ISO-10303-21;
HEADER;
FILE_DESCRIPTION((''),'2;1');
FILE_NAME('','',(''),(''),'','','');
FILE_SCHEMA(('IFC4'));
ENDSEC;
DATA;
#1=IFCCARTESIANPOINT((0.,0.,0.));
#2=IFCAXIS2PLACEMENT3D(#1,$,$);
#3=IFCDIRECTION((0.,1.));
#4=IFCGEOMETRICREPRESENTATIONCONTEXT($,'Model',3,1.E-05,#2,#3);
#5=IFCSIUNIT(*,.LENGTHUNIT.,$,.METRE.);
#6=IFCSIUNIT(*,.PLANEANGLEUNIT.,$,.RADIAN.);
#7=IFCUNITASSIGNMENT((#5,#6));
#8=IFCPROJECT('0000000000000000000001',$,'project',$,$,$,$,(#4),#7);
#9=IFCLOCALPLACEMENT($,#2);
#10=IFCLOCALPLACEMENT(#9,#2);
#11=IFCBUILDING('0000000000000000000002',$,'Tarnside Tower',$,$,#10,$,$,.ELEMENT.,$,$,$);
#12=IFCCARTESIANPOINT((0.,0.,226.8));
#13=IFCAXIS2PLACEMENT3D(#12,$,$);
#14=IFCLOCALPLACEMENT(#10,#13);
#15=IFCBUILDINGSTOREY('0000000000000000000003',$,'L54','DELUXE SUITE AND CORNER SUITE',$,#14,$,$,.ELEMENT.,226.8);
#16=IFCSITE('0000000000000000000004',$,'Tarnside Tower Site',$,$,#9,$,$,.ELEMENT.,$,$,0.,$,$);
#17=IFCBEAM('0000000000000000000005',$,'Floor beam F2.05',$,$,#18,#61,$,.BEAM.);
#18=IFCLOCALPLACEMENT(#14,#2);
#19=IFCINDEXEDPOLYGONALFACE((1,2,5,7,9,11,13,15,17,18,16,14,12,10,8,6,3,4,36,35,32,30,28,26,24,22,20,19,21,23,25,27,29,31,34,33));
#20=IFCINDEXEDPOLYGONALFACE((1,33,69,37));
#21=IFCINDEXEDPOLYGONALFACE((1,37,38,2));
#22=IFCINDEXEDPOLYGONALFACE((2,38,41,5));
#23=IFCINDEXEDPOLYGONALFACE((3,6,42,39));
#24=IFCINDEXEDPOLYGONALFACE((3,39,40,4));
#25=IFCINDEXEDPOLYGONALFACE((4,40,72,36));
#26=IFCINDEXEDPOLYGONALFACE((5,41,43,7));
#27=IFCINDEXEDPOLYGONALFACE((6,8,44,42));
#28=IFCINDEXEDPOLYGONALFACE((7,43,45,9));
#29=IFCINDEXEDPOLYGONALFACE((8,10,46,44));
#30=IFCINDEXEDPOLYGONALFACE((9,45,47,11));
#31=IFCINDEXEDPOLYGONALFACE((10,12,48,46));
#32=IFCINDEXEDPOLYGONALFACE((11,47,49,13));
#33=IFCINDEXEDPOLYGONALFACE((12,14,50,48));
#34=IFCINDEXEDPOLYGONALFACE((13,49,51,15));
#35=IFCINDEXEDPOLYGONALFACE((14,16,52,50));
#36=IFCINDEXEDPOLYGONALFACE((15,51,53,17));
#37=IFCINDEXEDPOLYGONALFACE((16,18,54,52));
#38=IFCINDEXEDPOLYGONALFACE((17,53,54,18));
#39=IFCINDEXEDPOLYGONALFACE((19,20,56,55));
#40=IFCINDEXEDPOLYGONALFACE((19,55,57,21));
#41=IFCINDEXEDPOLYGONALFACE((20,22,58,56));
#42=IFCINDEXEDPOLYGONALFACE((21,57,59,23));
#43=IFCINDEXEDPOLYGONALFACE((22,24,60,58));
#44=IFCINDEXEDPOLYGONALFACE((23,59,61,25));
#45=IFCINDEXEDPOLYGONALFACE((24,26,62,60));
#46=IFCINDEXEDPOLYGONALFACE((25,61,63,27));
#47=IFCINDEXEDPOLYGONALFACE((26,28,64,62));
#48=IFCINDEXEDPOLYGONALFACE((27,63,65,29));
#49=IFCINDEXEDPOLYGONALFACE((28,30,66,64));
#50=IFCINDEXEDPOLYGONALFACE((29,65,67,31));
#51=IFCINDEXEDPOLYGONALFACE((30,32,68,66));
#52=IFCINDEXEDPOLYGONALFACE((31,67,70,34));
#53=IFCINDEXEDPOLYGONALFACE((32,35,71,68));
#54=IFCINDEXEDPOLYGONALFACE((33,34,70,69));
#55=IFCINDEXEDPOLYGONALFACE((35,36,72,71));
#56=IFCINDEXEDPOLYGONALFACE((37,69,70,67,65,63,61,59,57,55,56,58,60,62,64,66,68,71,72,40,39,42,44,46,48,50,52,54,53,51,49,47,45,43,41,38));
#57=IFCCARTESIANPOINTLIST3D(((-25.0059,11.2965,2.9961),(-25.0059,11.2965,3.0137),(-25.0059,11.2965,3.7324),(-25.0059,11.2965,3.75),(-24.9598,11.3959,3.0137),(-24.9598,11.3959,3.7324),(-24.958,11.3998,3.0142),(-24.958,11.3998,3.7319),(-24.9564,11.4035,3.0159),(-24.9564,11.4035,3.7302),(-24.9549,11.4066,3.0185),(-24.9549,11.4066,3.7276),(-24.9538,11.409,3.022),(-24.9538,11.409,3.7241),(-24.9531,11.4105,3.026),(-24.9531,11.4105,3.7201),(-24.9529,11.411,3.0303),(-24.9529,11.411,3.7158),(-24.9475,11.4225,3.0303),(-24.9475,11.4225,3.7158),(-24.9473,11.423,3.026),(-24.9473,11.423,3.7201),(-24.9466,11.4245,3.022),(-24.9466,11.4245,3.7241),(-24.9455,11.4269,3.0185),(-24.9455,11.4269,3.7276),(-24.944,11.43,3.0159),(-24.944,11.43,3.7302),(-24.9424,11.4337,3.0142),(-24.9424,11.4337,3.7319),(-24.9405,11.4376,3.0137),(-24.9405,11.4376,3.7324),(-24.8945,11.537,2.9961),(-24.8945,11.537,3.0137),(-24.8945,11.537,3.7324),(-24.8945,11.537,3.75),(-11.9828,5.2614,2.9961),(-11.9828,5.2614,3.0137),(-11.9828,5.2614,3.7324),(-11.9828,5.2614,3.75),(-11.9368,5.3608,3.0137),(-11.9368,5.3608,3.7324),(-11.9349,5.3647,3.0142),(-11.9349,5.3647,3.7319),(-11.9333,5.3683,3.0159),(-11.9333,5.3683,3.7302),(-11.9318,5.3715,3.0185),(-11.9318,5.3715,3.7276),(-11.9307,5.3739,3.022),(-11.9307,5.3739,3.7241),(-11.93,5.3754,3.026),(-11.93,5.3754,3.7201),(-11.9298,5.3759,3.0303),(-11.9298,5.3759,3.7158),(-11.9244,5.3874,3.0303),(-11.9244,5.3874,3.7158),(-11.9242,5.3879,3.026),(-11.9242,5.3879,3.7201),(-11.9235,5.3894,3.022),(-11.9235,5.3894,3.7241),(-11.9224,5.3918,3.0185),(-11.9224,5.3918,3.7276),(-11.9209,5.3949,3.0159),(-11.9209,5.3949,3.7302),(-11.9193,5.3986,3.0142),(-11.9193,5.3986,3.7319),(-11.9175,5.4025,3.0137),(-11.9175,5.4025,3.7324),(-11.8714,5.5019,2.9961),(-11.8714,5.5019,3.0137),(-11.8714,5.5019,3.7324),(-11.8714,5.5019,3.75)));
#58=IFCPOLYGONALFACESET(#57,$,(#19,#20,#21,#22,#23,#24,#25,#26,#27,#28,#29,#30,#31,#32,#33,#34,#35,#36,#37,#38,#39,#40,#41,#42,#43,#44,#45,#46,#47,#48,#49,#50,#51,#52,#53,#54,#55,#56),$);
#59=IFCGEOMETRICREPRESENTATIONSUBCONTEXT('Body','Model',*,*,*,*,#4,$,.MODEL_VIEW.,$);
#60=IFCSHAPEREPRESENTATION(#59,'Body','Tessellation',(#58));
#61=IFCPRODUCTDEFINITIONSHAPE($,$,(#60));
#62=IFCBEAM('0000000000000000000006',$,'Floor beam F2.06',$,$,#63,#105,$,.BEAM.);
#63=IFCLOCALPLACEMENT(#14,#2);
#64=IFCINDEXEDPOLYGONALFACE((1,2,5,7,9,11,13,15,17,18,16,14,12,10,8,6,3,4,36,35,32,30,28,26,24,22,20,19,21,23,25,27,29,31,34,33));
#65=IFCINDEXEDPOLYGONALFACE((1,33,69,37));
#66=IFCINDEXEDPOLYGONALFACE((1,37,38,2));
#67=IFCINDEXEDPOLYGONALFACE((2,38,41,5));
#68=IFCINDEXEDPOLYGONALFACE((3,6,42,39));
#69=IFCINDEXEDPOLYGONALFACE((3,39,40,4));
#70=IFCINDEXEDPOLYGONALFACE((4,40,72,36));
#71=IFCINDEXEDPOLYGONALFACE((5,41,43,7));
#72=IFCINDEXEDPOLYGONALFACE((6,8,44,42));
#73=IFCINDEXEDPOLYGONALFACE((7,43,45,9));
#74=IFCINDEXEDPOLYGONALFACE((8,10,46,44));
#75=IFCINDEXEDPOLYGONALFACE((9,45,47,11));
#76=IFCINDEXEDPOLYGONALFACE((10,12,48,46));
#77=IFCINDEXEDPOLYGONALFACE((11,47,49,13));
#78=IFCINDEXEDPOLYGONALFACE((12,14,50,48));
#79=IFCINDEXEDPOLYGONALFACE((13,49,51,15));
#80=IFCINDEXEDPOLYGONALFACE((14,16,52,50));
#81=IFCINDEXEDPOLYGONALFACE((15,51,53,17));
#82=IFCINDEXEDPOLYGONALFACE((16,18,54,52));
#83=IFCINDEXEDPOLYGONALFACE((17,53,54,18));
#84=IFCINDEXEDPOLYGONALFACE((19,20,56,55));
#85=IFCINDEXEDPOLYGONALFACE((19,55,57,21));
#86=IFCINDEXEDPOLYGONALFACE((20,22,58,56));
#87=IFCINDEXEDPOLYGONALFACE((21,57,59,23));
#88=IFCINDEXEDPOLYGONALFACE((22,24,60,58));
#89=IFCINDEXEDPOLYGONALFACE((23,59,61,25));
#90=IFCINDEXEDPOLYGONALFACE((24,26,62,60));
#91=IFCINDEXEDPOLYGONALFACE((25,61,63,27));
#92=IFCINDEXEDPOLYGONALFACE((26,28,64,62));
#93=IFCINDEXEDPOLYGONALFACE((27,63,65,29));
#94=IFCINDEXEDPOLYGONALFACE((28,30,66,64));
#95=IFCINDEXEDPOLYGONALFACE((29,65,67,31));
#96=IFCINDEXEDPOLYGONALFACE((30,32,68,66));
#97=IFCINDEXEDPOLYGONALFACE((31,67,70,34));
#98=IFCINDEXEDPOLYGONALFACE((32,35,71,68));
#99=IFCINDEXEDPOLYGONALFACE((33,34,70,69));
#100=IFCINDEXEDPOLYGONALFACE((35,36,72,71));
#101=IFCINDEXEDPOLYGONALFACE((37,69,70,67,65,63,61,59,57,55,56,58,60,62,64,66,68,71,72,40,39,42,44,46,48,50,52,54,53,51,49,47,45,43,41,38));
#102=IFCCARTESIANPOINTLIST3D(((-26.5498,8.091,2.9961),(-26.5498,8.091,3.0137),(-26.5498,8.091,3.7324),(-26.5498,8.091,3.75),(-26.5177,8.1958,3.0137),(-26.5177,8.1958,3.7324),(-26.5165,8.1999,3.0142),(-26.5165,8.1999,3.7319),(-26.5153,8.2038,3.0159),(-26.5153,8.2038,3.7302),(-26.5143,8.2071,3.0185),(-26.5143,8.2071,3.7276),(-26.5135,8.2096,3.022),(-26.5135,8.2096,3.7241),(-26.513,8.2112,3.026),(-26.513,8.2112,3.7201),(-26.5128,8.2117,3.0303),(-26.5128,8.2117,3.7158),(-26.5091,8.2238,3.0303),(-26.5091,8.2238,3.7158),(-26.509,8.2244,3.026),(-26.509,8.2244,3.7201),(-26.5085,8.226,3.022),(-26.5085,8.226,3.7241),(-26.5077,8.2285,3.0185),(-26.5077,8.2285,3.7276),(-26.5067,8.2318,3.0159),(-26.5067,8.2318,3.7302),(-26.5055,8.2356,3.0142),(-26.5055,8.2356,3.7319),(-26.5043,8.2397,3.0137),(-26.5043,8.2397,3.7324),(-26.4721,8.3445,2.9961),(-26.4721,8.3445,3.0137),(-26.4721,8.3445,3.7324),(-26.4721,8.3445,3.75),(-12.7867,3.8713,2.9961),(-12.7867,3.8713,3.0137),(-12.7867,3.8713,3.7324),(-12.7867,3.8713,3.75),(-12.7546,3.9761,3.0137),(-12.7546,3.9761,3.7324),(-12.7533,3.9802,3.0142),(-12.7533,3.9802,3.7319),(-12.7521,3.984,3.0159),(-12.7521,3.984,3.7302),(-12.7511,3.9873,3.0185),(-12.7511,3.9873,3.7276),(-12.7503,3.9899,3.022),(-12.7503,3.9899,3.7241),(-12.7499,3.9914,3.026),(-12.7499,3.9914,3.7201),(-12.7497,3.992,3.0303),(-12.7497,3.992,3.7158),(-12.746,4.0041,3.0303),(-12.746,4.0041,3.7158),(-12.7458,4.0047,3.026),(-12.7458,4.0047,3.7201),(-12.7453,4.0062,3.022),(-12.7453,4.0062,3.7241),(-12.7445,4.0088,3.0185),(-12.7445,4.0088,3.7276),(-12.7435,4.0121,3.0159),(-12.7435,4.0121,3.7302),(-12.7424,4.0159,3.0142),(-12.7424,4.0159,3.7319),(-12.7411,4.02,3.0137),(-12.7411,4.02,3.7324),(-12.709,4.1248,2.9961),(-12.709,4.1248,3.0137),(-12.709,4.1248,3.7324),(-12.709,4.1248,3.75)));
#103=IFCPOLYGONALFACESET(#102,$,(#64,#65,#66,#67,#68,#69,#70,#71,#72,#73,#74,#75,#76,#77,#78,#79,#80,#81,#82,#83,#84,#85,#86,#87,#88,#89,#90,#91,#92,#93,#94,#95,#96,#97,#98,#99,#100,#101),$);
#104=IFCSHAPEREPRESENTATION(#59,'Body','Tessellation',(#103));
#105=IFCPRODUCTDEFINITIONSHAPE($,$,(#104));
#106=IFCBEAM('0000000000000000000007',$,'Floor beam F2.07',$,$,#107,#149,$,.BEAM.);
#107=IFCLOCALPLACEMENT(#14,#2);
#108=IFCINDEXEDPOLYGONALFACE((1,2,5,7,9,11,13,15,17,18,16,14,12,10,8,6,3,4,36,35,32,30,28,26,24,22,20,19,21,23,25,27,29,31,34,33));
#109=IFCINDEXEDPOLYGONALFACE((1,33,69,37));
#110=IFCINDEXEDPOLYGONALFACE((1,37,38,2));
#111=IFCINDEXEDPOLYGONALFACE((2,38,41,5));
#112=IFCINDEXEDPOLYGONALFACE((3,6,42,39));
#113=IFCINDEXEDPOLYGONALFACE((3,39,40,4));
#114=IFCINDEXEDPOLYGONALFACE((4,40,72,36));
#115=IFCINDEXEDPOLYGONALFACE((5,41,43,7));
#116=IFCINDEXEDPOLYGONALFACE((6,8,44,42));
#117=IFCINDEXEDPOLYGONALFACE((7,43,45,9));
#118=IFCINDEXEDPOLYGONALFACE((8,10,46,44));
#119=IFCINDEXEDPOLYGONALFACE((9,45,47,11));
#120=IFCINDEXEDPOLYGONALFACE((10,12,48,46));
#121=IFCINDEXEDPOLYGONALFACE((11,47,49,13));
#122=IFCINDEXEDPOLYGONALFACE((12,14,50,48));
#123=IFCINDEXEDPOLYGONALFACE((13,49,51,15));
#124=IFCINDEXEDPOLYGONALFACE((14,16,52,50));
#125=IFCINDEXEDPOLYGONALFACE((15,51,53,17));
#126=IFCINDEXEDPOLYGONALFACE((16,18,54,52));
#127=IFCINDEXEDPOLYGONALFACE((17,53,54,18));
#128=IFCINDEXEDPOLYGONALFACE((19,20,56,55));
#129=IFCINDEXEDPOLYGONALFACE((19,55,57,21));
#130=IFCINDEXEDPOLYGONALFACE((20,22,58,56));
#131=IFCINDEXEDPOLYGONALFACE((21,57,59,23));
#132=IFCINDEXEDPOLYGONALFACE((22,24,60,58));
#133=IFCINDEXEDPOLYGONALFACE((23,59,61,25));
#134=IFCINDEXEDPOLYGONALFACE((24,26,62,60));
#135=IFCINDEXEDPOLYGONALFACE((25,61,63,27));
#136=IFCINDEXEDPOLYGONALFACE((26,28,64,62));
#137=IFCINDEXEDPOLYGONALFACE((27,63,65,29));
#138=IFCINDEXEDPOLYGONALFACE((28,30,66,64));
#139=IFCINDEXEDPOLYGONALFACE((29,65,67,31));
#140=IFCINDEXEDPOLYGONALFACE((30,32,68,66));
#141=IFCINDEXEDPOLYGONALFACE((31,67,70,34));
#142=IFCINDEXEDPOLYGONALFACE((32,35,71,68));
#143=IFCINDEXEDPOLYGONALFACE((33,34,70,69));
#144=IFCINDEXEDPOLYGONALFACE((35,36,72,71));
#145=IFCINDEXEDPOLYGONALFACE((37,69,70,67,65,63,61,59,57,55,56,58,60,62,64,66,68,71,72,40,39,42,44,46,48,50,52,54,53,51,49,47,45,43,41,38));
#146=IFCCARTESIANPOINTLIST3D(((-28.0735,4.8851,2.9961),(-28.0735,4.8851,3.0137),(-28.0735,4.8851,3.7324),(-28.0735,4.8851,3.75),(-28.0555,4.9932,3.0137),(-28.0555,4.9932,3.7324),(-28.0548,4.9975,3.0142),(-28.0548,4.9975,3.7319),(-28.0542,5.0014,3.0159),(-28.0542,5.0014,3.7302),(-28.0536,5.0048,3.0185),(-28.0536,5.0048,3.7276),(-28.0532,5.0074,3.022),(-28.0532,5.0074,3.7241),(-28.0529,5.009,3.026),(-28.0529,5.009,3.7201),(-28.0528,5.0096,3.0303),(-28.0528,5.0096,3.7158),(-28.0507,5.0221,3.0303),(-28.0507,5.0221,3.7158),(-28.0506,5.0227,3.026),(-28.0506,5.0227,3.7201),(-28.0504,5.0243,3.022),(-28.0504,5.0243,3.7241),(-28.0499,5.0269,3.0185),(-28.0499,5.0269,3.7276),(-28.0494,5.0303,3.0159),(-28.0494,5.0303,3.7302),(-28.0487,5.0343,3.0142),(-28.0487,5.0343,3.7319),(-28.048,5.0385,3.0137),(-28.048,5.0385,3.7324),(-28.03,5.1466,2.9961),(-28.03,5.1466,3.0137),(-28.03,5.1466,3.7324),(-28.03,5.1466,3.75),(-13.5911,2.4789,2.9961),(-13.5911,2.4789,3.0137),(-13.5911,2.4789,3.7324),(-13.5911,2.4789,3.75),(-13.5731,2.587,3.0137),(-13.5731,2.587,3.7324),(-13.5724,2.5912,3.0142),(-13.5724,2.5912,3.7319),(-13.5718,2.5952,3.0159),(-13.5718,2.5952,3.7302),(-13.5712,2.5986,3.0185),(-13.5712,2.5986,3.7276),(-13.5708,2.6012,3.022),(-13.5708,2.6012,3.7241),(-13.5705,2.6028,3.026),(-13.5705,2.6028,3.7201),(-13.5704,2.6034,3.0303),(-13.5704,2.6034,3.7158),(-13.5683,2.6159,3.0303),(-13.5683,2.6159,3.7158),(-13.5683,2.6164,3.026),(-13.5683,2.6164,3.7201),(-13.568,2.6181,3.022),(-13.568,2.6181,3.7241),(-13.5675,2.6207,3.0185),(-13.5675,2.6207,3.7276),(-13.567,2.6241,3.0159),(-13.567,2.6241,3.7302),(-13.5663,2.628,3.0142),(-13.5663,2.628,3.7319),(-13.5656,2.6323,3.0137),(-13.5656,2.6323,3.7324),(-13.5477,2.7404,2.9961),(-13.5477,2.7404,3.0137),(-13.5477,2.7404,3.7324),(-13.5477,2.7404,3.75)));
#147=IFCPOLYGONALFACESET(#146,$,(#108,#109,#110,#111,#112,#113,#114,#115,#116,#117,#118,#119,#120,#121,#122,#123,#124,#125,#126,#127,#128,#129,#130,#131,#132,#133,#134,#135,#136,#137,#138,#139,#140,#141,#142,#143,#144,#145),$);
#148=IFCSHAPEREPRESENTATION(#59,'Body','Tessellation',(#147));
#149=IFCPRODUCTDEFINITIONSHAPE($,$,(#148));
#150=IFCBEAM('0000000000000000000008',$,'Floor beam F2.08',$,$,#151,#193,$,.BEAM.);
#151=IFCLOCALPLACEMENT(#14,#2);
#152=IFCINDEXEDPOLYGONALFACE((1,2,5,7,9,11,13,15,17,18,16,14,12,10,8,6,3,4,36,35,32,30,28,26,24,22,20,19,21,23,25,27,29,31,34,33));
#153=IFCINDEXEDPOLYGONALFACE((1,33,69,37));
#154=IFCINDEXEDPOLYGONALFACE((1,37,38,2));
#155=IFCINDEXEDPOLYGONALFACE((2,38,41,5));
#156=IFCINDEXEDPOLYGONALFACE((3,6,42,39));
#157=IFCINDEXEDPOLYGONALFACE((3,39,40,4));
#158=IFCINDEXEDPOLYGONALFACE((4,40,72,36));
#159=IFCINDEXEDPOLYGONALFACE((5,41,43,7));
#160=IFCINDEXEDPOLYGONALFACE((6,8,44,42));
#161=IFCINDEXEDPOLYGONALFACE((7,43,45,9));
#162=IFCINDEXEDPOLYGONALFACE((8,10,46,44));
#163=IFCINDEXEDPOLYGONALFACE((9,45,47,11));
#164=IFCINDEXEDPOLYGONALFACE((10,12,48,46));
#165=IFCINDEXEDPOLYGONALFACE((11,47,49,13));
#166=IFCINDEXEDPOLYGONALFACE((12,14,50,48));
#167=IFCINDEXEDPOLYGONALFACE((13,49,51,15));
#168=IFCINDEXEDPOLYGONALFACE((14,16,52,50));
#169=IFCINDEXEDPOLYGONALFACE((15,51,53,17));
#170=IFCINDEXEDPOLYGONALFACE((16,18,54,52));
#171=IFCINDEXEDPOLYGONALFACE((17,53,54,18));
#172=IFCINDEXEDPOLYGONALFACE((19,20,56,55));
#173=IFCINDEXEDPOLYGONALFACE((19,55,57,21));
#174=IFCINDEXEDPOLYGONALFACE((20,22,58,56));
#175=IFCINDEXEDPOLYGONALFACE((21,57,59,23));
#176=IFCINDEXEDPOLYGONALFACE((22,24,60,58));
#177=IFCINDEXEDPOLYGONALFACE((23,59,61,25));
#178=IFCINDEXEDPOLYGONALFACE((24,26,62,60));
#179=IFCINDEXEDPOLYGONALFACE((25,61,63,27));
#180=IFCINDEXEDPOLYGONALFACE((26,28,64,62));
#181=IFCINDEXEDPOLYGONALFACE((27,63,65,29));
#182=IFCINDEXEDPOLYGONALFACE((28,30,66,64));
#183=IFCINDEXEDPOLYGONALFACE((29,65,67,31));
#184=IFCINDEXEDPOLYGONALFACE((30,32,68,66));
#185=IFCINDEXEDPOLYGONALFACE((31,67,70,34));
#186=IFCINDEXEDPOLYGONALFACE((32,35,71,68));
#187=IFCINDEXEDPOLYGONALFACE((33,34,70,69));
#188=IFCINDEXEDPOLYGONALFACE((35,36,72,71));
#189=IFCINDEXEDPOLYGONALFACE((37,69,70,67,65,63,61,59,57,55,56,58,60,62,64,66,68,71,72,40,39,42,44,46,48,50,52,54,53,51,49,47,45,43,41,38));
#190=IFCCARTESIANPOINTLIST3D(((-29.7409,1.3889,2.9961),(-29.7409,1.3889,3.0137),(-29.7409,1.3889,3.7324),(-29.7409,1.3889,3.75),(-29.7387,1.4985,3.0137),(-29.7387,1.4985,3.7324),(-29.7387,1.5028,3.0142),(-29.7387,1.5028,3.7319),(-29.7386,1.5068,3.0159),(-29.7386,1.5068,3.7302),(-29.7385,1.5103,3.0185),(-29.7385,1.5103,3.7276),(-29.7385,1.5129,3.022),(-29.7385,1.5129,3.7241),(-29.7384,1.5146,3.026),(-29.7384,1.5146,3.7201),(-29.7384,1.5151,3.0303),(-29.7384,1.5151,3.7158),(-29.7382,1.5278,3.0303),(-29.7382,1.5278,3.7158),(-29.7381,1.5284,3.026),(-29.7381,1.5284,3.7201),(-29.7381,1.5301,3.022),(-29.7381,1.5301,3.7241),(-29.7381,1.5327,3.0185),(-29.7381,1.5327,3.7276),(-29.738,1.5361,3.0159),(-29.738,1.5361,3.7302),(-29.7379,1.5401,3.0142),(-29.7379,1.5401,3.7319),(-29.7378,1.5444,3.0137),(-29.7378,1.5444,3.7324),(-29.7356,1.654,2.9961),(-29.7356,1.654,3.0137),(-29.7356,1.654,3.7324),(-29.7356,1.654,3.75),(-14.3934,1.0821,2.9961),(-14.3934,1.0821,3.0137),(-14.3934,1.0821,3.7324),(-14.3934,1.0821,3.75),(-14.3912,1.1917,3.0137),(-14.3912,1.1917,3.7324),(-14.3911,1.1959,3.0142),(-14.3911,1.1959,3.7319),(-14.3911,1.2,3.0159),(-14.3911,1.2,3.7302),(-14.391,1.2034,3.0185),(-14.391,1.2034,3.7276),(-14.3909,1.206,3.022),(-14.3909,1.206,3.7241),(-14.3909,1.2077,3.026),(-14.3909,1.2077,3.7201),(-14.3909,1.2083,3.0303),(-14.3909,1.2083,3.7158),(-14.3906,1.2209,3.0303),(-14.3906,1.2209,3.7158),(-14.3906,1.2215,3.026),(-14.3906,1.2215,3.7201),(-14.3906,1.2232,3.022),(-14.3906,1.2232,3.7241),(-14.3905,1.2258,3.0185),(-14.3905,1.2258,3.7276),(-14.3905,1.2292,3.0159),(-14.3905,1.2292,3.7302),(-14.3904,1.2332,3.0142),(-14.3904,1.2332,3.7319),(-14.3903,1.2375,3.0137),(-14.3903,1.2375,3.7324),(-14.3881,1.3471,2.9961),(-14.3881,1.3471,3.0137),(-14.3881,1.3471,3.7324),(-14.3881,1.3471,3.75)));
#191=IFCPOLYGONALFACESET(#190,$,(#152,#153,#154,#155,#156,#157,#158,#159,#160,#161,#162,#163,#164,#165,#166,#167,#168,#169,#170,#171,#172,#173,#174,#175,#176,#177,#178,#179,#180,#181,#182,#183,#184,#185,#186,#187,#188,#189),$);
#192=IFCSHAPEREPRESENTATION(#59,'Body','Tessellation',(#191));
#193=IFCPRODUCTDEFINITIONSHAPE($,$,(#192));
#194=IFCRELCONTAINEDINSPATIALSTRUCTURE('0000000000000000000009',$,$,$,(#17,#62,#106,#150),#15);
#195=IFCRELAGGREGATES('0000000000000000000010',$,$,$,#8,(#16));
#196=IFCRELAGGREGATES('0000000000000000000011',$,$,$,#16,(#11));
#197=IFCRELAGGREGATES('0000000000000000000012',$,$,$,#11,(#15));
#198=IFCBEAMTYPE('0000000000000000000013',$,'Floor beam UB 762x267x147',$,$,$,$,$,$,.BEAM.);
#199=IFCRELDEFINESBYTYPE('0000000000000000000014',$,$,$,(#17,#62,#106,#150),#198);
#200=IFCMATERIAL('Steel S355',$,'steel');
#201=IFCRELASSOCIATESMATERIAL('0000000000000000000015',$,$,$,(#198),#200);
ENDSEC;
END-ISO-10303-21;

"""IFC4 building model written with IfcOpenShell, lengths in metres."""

from ifc_helpers import new_model, si_unit, direction, frame, origin, origin_2d, place, context, subcontext, project, spatial, i_section, extrude, material, material_profile, profile_set, type_object, element, save


model = new_model("IFC4")

# Units and contexts
model_context = context("Model", 3, precision=1e-05, world=origin(), true_north=direction((0.0, 1.0)))
body_context = subcontext(model_context, "Body", "Model", "MODEL_VIEW")
ifc_project = project(units=[si_unit("LENGTHUNIT", "METRE"), si_unit("PLANEANGLEUNIT", "RADIAN")], contexts=[model_context])

# Site, building, storey
site_placement = place(None, origin())
site = spatial("IfcSite", under=ifc_project, at=site_placement, Name="Tarnside Tower Site", CompositionType="ELEMENT", RefElevation=0.0)
building_placement = place(site_placement, origin())
building = spatial("IfcBuilding", under=site, at=building_placement, Name="Tarnside Tower", CompositionType="ELEMENT")
storey_placement = place(building_placement, frame((0.0, 0.0, 226.8)))
storey = spatial("IfcBuildingStorey", under=building, at=storey_placement, Name="L54", Description="DELUXE SUITE AND CORNER SUITE", CompositionType="ELEMENT", Elevation=226.8)

# Beams
ifc_material_1 = material(Name="Steel S355", Category="steel")
ifc_material_profile = material_profile(ifc_material_1, i_section(OverallWidth=0.2651, OverallDepth=0.7539, WebThickness=0.0127, FlangeThickness=0.0176, FilletRadius=0.0166, at=origin_2d()), Name="UB 762x267x147")
ifc_profile_set = profile_set([ifc_material_profile], Name="Steel S355")
beam_type = type_object("IfcBeamType", Name="Floor beam UB 762x267x147", PredefinedType="BEAM", material=ifc_profile_set)
beam_1_placement = place(storey_placement, frame((-24.9502, 11.4167, 3.373), z_axis=(0.90731, -0.420462, 0.0), x_axis=(0.420462, 0.90731, 0.0)))
element("IfcBeam", 1, at=beam_1_placement, inside=storey, type_object=beam_type, Name="Floor beam F2.05", PredefinedType="BEAM", context=body_context, shape_type="SweptSolid", body=[
    extrude(i_section(OverallWidth=0.2651, OverallDepth=0.7539, WebThickness=0.0127, FlangeThickness=0.0176, FilletRadius=0.0166, at=origin_2d()), origin(), (0.0, 0.0, 1.0), 14.3535),
])
beam_2_placement = place(storey_placement, frame((-26.511, 8.2178, 3.373), z_axis=(0.956073, -0.293128, 0.0), x_axis=(0.293128, 0.956073, 0.0)))
element("IfcBeam", 2, at=beam_2_placement, inside=storey, type_object=beam_type, Name="Floor beam F2.06", PredefinedType="BEAM", context=body_context, shape_type="SweptSolid", body=[
    extrude(i_section(OverallWidth=0.2651, OverallDepth=0.7539, WebThickness=0.0127, FlangeThickness=0.0176, FilletRadius=0.0166, at=origin_2d()), origin(), (0.0, 0.0, 1.0), 14.3955),
])
beam_3_placement = place(storey_placement, frame((-28.0518, 5.0159, 3.373), z_axis=(0.986476, -0.163903, 0.0), x_axis=(0.163903, 0.986476, 0.0)))
element("IfcBeam", 3, at=beam_3_placement, inside=storey, type_object=beam_type, Name="Floor beam F2.07", PredefinedType="BEAM", context=body_context, shape_type="SweptSolid", body=[
    extrude(i_section(OverallWidth=0.2651, OverallDepth=0.7539, WebThickness=0.0127, FlangeThickness=0.0176, FilletRadius=0.0166, at=origin_2d()), origin(), (0.0, 0.0, 1.0), 14.6809),
])
beam_4_placement = place(storey_placement, frame((-29.7383, 1.5215, 3.373), z_axis=(0.9998, -0.019992, 0.0), x_axis=(0.019992, 0.9998, 0.0)))
element("IfcBeam", 4, at=beam_4_placement, inside=storey, type_object=beam_type, Name="Floor beam F2.08", PredefinedType="BEAM", context=body_context, shape_type="SweptSolid", body=[
    extrude(i_section(OverallWidth=0.2651, OverallDepth=0.7539, WebThickness=0.0127, FlangeThickness=0.0176, FilletRadius=0.0166, at=origin_2d()), origin(), (0.0, 0.0, 1.0), 15.3506),
])

save(model, "model.ifc")
